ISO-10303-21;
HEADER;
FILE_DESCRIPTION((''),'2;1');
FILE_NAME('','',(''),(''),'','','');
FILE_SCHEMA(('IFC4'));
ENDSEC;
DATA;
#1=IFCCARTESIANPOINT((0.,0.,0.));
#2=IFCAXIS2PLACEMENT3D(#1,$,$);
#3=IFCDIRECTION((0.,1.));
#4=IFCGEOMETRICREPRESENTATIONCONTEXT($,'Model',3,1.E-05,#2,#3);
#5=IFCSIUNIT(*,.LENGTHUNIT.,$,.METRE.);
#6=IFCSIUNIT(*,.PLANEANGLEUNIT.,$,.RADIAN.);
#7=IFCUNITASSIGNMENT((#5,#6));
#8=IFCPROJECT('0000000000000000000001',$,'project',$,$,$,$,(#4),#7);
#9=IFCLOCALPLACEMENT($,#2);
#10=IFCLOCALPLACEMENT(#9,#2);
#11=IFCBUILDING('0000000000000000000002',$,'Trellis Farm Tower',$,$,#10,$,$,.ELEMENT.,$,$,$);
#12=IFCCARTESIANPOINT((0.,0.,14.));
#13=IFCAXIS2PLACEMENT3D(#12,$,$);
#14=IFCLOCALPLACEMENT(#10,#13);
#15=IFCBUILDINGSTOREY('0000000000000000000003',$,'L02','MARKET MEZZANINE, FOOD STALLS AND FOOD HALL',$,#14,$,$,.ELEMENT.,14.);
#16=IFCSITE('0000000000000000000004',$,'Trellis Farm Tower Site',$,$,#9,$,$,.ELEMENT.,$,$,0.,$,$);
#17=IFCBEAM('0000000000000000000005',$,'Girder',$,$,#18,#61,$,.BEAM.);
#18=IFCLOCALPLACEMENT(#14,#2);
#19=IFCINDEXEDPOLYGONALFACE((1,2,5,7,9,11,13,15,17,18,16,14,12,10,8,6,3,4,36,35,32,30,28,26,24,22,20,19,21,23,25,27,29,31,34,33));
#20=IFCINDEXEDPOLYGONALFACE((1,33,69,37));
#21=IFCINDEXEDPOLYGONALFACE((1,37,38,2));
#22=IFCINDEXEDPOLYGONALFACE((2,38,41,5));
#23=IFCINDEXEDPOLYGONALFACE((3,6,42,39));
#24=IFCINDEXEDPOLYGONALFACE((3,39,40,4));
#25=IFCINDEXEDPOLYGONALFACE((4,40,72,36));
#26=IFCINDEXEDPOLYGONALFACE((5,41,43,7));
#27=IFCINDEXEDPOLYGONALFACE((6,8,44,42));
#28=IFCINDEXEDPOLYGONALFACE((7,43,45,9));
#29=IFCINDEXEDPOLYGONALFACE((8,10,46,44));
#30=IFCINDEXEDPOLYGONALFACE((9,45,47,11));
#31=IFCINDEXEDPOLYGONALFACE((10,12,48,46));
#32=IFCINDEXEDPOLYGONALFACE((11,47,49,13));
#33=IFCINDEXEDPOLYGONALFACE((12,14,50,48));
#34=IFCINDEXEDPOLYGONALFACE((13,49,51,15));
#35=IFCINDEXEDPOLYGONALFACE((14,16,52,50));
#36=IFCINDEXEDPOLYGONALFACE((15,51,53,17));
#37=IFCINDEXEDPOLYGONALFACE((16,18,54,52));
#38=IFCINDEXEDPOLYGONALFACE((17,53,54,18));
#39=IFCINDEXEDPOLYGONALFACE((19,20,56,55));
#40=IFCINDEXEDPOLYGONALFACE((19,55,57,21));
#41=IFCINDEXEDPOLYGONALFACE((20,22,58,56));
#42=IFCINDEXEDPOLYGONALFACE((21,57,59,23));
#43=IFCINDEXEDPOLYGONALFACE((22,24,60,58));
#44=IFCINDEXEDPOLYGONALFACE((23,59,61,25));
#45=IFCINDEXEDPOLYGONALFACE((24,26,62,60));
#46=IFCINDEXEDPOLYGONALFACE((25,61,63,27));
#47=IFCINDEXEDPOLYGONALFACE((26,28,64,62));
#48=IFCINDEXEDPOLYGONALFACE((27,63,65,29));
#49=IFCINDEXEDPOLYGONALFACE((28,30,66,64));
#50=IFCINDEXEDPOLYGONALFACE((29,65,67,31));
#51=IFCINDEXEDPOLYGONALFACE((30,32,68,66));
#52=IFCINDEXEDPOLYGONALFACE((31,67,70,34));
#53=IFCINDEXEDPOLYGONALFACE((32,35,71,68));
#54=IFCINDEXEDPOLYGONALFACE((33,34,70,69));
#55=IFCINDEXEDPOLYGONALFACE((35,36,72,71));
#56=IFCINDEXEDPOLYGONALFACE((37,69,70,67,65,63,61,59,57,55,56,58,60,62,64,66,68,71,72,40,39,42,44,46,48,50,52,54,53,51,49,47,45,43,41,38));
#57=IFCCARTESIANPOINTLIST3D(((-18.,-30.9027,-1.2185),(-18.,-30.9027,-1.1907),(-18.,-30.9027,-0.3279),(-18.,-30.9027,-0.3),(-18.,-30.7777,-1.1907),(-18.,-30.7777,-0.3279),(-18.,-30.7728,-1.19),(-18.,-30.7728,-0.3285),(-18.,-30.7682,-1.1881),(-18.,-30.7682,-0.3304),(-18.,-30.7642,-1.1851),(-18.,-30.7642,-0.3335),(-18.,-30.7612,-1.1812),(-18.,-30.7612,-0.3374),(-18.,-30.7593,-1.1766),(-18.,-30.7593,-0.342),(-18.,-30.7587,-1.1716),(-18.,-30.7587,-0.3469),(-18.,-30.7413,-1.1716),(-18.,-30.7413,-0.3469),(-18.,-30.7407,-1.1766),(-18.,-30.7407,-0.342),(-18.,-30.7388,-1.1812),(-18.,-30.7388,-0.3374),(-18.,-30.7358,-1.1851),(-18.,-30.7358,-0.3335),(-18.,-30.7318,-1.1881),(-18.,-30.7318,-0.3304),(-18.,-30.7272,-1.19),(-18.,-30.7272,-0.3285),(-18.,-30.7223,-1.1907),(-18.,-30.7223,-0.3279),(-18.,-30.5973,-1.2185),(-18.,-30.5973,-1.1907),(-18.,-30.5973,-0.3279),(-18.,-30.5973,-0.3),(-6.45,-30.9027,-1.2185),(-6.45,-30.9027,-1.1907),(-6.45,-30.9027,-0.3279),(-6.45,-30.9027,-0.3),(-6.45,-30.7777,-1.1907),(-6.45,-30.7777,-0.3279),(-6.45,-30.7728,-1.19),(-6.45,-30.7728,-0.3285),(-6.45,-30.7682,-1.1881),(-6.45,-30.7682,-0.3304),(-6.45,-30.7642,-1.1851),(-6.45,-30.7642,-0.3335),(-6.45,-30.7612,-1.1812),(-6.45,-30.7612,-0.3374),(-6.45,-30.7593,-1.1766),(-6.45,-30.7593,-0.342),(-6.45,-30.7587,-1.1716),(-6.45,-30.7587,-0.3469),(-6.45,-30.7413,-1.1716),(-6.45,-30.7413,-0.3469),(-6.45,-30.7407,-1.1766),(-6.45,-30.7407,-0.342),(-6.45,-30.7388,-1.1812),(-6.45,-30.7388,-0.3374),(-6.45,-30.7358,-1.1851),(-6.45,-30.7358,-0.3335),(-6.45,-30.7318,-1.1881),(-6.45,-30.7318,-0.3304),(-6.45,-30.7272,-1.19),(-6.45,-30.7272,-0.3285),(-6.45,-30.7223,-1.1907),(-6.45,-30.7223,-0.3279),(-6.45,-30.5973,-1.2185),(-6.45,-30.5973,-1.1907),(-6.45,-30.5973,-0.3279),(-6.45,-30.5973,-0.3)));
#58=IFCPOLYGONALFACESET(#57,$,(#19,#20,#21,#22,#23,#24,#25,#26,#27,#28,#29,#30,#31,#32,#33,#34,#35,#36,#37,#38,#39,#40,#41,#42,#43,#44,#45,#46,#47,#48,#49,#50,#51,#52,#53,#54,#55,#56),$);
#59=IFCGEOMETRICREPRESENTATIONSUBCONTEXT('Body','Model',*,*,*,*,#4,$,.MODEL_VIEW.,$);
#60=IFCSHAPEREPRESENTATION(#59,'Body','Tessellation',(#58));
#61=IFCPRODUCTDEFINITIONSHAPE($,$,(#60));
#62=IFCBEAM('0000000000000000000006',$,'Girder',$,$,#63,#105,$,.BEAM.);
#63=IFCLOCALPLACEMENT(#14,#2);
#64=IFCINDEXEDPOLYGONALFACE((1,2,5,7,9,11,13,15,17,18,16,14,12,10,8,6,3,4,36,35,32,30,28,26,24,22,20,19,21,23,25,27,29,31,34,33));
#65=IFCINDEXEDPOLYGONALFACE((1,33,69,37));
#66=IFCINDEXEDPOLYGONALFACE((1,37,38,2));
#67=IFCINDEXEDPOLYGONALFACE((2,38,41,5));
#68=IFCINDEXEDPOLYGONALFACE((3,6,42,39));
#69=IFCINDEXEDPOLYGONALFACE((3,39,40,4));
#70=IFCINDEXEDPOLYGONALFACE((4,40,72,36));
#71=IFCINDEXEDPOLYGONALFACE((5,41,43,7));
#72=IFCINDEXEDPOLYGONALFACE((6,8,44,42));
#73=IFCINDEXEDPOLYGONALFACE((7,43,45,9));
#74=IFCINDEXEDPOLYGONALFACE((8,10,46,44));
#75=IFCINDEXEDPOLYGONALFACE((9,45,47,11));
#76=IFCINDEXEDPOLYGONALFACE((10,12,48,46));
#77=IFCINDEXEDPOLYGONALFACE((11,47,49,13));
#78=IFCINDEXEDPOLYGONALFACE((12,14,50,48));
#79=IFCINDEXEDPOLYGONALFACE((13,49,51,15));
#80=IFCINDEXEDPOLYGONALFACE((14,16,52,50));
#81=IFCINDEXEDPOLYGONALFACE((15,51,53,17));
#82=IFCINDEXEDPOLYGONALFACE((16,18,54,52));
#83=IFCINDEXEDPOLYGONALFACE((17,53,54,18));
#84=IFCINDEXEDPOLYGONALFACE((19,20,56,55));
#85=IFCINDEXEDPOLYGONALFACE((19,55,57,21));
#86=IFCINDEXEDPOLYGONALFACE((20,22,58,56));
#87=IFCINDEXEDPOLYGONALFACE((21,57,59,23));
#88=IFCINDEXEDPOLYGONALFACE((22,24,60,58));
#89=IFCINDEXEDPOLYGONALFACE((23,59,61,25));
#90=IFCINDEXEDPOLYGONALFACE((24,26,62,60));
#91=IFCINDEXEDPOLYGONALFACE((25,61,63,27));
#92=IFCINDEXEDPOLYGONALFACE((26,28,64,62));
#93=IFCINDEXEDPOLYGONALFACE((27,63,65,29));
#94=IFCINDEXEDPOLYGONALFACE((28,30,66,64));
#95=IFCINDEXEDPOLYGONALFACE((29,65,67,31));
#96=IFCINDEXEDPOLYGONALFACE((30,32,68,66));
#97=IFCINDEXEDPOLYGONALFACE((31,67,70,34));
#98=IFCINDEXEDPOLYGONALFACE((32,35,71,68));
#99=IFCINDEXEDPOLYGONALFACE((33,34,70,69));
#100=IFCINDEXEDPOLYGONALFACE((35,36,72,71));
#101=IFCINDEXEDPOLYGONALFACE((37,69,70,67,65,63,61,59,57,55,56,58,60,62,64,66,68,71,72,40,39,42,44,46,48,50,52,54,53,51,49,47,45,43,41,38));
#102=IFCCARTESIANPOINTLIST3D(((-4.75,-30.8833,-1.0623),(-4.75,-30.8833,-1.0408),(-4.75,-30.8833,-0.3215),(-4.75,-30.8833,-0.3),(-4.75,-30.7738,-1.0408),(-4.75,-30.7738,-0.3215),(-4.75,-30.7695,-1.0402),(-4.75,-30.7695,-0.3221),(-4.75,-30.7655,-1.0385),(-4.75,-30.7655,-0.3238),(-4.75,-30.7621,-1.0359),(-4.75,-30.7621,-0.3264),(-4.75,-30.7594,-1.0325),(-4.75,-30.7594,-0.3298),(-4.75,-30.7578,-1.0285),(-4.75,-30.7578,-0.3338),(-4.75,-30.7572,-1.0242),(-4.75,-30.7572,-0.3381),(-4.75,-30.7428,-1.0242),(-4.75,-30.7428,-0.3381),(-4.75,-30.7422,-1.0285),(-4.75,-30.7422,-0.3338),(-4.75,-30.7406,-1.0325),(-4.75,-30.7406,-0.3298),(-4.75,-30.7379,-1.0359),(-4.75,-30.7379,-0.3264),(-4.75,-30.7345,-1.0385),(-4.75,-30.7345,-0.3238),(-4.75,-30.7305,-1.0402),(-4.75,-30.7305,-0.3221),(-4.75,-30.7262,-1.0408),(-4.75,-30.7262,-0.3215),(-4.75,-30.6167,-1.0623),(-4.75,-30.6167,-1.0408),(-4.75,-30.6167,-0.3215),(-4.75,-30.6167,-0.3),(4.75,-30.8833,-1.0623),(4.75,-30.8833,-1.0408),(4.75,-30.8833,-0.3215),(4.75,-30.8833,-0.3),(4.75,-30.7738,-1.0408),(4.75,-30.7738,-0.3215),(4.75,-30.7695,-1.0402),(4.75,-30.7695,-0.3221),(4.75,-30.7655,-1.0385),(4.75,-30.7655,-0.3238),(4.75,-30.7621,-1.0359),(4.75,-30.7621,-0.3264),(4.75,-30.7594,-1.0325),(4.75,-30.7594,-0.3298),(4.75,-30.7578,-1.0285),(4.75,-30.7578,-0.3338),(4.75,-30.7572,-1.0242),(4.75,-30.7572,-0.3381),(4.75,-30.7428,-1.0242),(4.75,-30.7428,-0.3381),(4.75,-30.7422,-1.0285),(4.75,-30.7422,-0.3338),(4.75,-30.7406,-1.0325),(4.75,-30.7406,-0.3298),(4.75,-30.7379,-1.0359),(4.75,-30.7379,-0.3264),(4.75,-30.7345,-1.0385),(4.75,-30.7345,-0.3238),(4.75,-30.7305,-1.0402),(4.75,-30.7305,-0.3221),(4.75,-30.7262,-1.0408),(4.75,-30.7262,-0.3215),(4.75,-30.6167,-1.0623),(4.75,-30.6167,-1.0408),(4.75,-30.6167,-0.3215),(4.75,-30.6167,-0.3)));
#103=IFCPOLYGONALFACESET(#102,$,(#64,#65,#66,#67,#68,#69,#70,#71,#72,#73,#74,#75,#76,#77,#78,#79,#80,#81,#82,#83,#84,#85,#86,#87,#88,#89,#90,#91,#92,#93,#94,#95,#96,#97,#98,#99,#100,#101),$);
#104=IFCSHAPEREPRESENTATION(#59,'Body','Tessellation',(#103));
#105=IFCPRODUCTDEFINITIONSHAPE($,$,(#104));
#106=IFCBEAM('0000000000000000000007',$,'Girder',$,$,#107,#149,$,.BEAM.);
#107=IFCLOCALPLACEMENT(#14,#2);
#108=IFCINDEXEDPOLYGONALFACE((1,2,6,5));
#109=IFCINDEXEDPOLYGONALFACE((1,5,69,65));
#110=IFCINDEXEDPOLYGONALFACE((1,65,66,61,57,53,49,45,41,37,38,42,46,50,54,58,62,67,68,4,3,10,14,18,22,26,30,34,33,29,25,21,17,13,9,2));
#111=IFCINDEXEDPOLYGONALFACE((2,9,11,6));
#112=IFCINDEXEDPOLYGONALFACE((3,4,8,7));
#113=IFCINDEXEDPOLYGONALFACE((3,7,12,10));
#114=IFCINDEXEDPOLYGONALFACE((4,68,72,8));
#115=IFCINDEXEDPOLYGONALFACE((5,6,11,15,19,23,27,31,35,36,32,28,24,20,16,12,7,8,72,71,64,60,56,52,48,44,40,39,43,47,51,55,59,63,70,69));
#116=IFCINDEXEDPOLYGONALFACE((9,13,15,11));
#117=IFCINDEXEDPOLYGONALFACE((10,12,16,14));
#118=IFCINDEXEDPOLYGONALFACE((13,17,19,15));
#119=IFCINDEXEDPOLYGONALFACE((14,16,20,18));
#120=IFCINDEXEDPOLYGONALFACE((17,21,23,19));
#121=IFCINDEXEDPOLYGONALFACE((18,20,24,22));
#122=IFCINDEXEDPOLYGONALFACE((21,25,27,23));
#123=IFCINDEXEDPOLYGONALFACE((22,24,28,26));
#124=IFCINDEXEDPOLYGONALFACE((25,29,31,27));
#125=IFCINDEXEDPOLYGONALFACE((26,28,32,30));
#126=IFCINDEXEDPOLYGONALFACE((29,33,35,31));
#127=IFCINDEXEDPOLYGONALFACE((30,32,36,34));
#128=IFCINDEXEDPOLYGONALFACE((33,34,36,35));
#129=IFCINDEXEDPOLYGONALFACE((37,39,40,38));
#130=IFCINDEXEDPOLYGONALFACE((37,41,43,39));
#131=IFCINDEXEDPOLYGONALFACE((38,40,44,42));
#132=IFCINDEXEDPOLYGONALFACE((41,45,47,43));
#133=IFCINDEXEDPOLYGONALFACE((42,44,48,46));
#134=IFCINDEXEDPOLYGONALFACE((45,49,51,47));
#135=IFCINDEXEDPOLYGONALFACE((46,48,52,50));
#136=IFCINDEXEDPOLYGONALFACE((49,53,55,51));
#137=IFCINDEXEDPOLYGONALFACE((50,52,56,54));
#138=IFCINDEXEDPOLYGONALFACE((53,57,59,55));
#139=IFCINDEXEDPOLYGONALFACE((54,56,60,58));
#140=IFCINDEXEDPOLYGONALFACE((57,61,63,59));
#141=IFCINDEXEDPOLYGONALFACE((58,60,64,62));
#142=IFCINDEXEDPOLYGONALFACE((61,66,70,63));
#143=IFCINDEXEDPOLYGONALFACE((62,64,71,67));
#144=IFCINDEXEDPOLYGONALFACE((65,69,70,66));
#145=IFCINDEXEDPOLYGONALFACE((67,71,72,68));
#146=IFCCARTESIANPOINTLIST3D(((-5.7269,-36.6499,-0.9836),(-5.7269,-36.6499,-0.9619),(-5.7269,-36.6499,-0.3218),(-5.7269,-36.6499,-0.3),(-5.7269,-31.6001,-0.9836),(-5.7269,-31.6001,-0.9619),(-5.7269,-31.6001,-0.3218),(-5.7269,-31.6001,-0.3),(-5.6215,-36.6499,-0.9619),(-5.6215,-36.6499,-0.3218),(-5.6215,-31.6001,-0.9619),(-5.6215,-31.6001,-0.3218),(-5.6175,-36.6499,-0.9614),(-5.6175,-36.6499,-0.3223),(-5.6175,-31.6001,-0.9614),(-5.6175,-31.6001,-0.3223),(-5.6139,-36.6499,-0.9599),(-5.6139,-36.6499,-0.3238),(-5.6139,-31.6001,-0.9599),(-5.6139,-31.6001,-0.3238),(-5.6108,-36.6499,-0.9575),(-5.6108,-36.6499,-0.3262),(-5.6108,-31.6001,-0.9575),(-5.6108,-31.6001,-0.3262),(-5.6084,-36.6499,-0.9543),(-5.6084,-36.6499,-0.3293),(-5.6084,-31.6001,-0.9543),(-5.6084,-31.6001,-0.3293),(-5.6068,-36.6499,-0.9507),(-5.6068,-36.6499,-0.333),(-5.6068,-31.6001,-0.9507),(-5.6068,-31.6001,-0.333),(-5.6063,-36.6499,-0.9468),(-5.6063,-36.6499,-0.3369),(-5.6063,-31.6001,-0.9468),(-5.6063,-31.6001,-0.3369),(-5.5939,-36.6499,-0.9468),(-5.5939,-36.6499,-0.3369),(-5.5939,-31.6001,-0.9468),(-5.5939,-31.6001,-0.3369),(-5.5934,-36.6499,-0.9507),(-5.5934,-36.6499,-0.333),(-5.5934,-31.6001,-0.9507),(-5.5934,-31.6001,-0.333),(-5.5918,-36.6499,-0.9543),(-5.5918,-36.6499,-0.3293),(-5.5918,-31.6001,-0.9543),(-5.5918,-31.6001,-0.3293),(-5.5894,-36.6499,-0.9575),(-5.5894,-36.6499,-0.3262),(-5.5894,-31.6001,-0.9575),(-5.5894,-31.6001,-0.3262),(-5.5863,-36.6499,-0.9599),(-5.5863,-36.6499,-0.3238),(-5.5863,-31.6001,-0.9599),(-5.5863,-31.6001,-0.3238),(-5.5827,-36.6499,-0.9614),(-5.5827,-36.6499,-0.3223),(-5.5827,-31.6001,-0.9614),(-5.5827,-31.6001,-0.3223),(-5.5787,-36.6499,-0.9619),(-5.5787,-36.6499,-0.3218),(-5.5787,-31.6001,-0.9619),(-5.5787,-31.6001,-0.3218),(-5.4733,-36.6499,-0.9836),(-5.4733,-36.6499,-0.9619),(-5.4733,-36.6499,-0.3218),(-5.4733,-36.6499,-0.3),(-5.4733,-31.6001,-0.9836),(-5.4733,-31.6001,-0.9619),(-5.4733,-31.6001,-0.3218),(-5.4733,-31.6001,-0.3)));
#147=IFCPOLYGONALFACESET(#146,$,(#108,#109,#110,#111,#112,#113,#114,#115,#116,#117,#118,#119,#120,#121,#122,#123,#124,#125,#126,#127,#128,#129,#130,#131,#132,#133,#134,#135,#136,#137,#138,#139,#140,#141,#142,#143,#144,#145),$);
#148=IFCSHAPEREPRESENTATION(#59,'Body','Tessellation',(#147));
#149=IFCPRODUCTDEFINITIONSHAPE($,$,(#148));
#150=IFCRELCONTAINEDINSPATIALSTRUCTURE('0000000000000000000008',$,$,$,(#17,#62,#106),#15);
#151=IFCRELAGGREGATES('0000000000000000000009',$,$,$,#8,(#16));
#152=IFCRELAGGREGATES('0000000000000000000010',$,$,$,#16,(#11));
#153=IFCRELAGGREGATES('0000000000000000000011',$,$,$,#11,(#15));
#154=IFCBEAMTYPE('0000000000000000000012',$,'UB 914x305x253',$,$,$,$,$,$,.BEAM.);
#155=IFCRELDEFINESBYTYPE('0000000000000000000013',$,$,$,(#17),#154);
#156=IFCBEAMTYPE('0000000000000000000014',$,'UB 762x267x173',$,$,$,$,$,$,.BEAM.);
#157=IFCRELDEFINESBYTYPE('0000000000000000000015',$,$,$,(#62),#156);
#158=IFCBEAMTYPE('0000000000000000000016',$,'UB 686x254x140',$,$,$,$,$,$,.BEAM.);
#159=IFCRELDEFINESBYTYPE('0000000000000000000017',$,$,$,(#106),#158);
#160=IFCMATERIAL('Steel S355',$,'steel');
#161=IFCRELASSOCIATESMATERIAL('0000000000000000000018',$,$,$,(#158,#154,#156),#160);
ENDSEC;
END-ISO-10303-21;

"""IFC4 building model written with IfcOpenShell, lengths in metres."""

from ifc_helpers import new_model, si_unit, direction, frame, origin, origin_2d, place, context, subcontext, project, spatial, i_section, extrude, source, transform, mapped, material, material_profile, profile_set, type_object, element, save


model = new_model("IFC4")

# Units and contexts
model_context = context("Model", 3, precision=1e-05, world=origin(), true_north=direction((0.0, 1.0)))
body_context = subcontext(model_context, "Body", "Model", "MODEL_VIEW")
ifc_project = project(units=[si_unit("LENGTHUNIT", "METRE"), si_unit("PLANEANGLEUNIT", "RADIAN")], contexts=[model_context])

# Site, building, storey
site_placement = place(None, origin())
site = spatial("IfcSite", under=ifc_project, at=site_placement, Name="Trellis Farm Tower Site", CompositionType="ELEMENT", RefElevation=0.0)
building_placement = place(site_placement, origin())
building = spatial("IfcBuilding", under=site, at=building_placement, Name="Trellis Farm Tower", CompositionType="ELEMENT")
storey_placement = place(building_placement, frame((0.0, 0.0, 14.0)))
storey = spatial("IfcBuildingStorey", under=building, at=storey_placement, Name="L02", Description="MARKET MEZZANINE, FOOD STALLS AND FOOD HALL", CompositionType="ELEMENT", Elevation=14.0)

# Beams
ifc_material_1 = material(Name="Steel S355", Category="steel")
ifc_material_profile_1 = material_profile(ifc_material_1, i_section(OverallWidth=0.2537, OverallDepth=0.6836, WebThickness=0.0125, FlangeThickness=0.0217, FilletRadius=0.0151, at=origin_2d()), Name="UB 686x254x140")
ifc_profile_set_1 = profile_set([ifc_material_profile_1], Name="Steel S355")
beam_type_1 = type_object("IfcBeamType", Name="UB 686x254x140", PredefinedType="BEAM", material=ifc_profile_set_1)
ifc_material_profile_2 = material_profile(ifc_material_1, i_section(OverallWidth=0.3054, OverallDepth=0.9185, WebThickness=0.0173, FlangeThickness=0.0278, FilletRadius=0.019, at=origin_2d()), Name="UB 914x305x253")
ifc_profile_set_2 = profile_set([ifc_material_profile_2], Name="Steel S355")
beam_type_2 = type_object("IfcBeamType", Name="UB 914x305x253", PredefinedType="BEAM", material=ifc_profile_set_2)
ifc_material_profile_3 = material_profile(ifc_material_1, i_section(OverallWidth=0.2666, OverallDepth=0.7622, WebThickness=0.0144, FlangeThickness=0.0215, FilletRadius=0.0166, at=origin_2d()), Name="UB 762x267x173")
ifc_profile_set_3 = profile_set([ifc_material_profile_3], Name="Steel S355")
beam_type_3 = type_object("IfcBeamType", Name="UB 762x267x173", PredefinedType="BEAM", material=ifc_profile_set_3)
shared_shape_1 = source(origin(), body_context, "Body", "SweptSolid", [
    extrude(i_section(OverallWidth=0.3054, OverallDepth=0.9185, WebThickness=0.0173, FlangeThickness=0.0278, FilletRadius=0.019, at=origin_2d()), origin(), (0.0, 0.0, 1.0), 11.55),
])
beam_1_placement = place(storey_placement, frame((-18.0, -30.75, -0.7593), z_axis=(1.0, 0.0, 0.0), x_axis=(0.0, 1.0, 0.0)))
element("IfcBeam", 1, at=beam_1_placement, inside=storey, type_object=beam_type_2, Name="Girder", PredefinedType="BEAM", context=body_context, shape_type="MappedRepresentation", body=[
    mapped(shared_shape_1, transform((0.0, 0.0, 0.0))),
])
shared_shape_2 = source(origin(), body_context, "Body", "SweptSolid", [
    extrude(i_section(OverallWidth=0.2666, OverallDepth=0.7622, WebThickness=0.0144, FlangeThickness=0.0215, FilletRadius=0.0166, at=origin_2d()), origin(), (0.0, 0.0, 1.0), 9.5),
])
beam_2_placement = place(storey_placement, frame((-4.75, -30.75, -0.6812), z_axis=(1.0, 0.0, 0.0), x_axis=(0.0, 1.0, 0.0)))
element("IfcBeam", 2, at=beam_2_placement, inside=storey, type_object=beam_type_3, Name="Girder", PredefinedType="BEAM", context=body_context, shape_type="MappedRepresentation", body=[
    mapped(shared_shape_2, transform((0.0, 0.0, 0.0))),
])
shared_shape_3 = source(origin(), body_context, "Body", "SweptSolid", [
    extrude(i_section(OverallWidth=0.2537, OverallDepth=0.6836, WebThickness=0.0125, FlangeThickness=0.0217, FilletRadius=0.0151, at=origin_2d()), origin(), (0.0, 0.0, 1.0), 5.0498),
])
beam_3_placement = place(storey_placement, frame((-5.6001, -36.6499, -0.6418), z_axis=(0.0, 1.0, 0.0), x_axis=(-1.0, 0.0, 0.0)))
element("IfcBeam", 3, at=beam_3_placement, inside=storey, type_object=beam_type_1, Name="Girder", PredefinedType="BEAM", context=body_context, shape_type="MappedRepresentation", body=[
    mapped(shared_shape_3, transform((0.0, 0.0, 0.0))),
])

save(model, "model.ifc")
